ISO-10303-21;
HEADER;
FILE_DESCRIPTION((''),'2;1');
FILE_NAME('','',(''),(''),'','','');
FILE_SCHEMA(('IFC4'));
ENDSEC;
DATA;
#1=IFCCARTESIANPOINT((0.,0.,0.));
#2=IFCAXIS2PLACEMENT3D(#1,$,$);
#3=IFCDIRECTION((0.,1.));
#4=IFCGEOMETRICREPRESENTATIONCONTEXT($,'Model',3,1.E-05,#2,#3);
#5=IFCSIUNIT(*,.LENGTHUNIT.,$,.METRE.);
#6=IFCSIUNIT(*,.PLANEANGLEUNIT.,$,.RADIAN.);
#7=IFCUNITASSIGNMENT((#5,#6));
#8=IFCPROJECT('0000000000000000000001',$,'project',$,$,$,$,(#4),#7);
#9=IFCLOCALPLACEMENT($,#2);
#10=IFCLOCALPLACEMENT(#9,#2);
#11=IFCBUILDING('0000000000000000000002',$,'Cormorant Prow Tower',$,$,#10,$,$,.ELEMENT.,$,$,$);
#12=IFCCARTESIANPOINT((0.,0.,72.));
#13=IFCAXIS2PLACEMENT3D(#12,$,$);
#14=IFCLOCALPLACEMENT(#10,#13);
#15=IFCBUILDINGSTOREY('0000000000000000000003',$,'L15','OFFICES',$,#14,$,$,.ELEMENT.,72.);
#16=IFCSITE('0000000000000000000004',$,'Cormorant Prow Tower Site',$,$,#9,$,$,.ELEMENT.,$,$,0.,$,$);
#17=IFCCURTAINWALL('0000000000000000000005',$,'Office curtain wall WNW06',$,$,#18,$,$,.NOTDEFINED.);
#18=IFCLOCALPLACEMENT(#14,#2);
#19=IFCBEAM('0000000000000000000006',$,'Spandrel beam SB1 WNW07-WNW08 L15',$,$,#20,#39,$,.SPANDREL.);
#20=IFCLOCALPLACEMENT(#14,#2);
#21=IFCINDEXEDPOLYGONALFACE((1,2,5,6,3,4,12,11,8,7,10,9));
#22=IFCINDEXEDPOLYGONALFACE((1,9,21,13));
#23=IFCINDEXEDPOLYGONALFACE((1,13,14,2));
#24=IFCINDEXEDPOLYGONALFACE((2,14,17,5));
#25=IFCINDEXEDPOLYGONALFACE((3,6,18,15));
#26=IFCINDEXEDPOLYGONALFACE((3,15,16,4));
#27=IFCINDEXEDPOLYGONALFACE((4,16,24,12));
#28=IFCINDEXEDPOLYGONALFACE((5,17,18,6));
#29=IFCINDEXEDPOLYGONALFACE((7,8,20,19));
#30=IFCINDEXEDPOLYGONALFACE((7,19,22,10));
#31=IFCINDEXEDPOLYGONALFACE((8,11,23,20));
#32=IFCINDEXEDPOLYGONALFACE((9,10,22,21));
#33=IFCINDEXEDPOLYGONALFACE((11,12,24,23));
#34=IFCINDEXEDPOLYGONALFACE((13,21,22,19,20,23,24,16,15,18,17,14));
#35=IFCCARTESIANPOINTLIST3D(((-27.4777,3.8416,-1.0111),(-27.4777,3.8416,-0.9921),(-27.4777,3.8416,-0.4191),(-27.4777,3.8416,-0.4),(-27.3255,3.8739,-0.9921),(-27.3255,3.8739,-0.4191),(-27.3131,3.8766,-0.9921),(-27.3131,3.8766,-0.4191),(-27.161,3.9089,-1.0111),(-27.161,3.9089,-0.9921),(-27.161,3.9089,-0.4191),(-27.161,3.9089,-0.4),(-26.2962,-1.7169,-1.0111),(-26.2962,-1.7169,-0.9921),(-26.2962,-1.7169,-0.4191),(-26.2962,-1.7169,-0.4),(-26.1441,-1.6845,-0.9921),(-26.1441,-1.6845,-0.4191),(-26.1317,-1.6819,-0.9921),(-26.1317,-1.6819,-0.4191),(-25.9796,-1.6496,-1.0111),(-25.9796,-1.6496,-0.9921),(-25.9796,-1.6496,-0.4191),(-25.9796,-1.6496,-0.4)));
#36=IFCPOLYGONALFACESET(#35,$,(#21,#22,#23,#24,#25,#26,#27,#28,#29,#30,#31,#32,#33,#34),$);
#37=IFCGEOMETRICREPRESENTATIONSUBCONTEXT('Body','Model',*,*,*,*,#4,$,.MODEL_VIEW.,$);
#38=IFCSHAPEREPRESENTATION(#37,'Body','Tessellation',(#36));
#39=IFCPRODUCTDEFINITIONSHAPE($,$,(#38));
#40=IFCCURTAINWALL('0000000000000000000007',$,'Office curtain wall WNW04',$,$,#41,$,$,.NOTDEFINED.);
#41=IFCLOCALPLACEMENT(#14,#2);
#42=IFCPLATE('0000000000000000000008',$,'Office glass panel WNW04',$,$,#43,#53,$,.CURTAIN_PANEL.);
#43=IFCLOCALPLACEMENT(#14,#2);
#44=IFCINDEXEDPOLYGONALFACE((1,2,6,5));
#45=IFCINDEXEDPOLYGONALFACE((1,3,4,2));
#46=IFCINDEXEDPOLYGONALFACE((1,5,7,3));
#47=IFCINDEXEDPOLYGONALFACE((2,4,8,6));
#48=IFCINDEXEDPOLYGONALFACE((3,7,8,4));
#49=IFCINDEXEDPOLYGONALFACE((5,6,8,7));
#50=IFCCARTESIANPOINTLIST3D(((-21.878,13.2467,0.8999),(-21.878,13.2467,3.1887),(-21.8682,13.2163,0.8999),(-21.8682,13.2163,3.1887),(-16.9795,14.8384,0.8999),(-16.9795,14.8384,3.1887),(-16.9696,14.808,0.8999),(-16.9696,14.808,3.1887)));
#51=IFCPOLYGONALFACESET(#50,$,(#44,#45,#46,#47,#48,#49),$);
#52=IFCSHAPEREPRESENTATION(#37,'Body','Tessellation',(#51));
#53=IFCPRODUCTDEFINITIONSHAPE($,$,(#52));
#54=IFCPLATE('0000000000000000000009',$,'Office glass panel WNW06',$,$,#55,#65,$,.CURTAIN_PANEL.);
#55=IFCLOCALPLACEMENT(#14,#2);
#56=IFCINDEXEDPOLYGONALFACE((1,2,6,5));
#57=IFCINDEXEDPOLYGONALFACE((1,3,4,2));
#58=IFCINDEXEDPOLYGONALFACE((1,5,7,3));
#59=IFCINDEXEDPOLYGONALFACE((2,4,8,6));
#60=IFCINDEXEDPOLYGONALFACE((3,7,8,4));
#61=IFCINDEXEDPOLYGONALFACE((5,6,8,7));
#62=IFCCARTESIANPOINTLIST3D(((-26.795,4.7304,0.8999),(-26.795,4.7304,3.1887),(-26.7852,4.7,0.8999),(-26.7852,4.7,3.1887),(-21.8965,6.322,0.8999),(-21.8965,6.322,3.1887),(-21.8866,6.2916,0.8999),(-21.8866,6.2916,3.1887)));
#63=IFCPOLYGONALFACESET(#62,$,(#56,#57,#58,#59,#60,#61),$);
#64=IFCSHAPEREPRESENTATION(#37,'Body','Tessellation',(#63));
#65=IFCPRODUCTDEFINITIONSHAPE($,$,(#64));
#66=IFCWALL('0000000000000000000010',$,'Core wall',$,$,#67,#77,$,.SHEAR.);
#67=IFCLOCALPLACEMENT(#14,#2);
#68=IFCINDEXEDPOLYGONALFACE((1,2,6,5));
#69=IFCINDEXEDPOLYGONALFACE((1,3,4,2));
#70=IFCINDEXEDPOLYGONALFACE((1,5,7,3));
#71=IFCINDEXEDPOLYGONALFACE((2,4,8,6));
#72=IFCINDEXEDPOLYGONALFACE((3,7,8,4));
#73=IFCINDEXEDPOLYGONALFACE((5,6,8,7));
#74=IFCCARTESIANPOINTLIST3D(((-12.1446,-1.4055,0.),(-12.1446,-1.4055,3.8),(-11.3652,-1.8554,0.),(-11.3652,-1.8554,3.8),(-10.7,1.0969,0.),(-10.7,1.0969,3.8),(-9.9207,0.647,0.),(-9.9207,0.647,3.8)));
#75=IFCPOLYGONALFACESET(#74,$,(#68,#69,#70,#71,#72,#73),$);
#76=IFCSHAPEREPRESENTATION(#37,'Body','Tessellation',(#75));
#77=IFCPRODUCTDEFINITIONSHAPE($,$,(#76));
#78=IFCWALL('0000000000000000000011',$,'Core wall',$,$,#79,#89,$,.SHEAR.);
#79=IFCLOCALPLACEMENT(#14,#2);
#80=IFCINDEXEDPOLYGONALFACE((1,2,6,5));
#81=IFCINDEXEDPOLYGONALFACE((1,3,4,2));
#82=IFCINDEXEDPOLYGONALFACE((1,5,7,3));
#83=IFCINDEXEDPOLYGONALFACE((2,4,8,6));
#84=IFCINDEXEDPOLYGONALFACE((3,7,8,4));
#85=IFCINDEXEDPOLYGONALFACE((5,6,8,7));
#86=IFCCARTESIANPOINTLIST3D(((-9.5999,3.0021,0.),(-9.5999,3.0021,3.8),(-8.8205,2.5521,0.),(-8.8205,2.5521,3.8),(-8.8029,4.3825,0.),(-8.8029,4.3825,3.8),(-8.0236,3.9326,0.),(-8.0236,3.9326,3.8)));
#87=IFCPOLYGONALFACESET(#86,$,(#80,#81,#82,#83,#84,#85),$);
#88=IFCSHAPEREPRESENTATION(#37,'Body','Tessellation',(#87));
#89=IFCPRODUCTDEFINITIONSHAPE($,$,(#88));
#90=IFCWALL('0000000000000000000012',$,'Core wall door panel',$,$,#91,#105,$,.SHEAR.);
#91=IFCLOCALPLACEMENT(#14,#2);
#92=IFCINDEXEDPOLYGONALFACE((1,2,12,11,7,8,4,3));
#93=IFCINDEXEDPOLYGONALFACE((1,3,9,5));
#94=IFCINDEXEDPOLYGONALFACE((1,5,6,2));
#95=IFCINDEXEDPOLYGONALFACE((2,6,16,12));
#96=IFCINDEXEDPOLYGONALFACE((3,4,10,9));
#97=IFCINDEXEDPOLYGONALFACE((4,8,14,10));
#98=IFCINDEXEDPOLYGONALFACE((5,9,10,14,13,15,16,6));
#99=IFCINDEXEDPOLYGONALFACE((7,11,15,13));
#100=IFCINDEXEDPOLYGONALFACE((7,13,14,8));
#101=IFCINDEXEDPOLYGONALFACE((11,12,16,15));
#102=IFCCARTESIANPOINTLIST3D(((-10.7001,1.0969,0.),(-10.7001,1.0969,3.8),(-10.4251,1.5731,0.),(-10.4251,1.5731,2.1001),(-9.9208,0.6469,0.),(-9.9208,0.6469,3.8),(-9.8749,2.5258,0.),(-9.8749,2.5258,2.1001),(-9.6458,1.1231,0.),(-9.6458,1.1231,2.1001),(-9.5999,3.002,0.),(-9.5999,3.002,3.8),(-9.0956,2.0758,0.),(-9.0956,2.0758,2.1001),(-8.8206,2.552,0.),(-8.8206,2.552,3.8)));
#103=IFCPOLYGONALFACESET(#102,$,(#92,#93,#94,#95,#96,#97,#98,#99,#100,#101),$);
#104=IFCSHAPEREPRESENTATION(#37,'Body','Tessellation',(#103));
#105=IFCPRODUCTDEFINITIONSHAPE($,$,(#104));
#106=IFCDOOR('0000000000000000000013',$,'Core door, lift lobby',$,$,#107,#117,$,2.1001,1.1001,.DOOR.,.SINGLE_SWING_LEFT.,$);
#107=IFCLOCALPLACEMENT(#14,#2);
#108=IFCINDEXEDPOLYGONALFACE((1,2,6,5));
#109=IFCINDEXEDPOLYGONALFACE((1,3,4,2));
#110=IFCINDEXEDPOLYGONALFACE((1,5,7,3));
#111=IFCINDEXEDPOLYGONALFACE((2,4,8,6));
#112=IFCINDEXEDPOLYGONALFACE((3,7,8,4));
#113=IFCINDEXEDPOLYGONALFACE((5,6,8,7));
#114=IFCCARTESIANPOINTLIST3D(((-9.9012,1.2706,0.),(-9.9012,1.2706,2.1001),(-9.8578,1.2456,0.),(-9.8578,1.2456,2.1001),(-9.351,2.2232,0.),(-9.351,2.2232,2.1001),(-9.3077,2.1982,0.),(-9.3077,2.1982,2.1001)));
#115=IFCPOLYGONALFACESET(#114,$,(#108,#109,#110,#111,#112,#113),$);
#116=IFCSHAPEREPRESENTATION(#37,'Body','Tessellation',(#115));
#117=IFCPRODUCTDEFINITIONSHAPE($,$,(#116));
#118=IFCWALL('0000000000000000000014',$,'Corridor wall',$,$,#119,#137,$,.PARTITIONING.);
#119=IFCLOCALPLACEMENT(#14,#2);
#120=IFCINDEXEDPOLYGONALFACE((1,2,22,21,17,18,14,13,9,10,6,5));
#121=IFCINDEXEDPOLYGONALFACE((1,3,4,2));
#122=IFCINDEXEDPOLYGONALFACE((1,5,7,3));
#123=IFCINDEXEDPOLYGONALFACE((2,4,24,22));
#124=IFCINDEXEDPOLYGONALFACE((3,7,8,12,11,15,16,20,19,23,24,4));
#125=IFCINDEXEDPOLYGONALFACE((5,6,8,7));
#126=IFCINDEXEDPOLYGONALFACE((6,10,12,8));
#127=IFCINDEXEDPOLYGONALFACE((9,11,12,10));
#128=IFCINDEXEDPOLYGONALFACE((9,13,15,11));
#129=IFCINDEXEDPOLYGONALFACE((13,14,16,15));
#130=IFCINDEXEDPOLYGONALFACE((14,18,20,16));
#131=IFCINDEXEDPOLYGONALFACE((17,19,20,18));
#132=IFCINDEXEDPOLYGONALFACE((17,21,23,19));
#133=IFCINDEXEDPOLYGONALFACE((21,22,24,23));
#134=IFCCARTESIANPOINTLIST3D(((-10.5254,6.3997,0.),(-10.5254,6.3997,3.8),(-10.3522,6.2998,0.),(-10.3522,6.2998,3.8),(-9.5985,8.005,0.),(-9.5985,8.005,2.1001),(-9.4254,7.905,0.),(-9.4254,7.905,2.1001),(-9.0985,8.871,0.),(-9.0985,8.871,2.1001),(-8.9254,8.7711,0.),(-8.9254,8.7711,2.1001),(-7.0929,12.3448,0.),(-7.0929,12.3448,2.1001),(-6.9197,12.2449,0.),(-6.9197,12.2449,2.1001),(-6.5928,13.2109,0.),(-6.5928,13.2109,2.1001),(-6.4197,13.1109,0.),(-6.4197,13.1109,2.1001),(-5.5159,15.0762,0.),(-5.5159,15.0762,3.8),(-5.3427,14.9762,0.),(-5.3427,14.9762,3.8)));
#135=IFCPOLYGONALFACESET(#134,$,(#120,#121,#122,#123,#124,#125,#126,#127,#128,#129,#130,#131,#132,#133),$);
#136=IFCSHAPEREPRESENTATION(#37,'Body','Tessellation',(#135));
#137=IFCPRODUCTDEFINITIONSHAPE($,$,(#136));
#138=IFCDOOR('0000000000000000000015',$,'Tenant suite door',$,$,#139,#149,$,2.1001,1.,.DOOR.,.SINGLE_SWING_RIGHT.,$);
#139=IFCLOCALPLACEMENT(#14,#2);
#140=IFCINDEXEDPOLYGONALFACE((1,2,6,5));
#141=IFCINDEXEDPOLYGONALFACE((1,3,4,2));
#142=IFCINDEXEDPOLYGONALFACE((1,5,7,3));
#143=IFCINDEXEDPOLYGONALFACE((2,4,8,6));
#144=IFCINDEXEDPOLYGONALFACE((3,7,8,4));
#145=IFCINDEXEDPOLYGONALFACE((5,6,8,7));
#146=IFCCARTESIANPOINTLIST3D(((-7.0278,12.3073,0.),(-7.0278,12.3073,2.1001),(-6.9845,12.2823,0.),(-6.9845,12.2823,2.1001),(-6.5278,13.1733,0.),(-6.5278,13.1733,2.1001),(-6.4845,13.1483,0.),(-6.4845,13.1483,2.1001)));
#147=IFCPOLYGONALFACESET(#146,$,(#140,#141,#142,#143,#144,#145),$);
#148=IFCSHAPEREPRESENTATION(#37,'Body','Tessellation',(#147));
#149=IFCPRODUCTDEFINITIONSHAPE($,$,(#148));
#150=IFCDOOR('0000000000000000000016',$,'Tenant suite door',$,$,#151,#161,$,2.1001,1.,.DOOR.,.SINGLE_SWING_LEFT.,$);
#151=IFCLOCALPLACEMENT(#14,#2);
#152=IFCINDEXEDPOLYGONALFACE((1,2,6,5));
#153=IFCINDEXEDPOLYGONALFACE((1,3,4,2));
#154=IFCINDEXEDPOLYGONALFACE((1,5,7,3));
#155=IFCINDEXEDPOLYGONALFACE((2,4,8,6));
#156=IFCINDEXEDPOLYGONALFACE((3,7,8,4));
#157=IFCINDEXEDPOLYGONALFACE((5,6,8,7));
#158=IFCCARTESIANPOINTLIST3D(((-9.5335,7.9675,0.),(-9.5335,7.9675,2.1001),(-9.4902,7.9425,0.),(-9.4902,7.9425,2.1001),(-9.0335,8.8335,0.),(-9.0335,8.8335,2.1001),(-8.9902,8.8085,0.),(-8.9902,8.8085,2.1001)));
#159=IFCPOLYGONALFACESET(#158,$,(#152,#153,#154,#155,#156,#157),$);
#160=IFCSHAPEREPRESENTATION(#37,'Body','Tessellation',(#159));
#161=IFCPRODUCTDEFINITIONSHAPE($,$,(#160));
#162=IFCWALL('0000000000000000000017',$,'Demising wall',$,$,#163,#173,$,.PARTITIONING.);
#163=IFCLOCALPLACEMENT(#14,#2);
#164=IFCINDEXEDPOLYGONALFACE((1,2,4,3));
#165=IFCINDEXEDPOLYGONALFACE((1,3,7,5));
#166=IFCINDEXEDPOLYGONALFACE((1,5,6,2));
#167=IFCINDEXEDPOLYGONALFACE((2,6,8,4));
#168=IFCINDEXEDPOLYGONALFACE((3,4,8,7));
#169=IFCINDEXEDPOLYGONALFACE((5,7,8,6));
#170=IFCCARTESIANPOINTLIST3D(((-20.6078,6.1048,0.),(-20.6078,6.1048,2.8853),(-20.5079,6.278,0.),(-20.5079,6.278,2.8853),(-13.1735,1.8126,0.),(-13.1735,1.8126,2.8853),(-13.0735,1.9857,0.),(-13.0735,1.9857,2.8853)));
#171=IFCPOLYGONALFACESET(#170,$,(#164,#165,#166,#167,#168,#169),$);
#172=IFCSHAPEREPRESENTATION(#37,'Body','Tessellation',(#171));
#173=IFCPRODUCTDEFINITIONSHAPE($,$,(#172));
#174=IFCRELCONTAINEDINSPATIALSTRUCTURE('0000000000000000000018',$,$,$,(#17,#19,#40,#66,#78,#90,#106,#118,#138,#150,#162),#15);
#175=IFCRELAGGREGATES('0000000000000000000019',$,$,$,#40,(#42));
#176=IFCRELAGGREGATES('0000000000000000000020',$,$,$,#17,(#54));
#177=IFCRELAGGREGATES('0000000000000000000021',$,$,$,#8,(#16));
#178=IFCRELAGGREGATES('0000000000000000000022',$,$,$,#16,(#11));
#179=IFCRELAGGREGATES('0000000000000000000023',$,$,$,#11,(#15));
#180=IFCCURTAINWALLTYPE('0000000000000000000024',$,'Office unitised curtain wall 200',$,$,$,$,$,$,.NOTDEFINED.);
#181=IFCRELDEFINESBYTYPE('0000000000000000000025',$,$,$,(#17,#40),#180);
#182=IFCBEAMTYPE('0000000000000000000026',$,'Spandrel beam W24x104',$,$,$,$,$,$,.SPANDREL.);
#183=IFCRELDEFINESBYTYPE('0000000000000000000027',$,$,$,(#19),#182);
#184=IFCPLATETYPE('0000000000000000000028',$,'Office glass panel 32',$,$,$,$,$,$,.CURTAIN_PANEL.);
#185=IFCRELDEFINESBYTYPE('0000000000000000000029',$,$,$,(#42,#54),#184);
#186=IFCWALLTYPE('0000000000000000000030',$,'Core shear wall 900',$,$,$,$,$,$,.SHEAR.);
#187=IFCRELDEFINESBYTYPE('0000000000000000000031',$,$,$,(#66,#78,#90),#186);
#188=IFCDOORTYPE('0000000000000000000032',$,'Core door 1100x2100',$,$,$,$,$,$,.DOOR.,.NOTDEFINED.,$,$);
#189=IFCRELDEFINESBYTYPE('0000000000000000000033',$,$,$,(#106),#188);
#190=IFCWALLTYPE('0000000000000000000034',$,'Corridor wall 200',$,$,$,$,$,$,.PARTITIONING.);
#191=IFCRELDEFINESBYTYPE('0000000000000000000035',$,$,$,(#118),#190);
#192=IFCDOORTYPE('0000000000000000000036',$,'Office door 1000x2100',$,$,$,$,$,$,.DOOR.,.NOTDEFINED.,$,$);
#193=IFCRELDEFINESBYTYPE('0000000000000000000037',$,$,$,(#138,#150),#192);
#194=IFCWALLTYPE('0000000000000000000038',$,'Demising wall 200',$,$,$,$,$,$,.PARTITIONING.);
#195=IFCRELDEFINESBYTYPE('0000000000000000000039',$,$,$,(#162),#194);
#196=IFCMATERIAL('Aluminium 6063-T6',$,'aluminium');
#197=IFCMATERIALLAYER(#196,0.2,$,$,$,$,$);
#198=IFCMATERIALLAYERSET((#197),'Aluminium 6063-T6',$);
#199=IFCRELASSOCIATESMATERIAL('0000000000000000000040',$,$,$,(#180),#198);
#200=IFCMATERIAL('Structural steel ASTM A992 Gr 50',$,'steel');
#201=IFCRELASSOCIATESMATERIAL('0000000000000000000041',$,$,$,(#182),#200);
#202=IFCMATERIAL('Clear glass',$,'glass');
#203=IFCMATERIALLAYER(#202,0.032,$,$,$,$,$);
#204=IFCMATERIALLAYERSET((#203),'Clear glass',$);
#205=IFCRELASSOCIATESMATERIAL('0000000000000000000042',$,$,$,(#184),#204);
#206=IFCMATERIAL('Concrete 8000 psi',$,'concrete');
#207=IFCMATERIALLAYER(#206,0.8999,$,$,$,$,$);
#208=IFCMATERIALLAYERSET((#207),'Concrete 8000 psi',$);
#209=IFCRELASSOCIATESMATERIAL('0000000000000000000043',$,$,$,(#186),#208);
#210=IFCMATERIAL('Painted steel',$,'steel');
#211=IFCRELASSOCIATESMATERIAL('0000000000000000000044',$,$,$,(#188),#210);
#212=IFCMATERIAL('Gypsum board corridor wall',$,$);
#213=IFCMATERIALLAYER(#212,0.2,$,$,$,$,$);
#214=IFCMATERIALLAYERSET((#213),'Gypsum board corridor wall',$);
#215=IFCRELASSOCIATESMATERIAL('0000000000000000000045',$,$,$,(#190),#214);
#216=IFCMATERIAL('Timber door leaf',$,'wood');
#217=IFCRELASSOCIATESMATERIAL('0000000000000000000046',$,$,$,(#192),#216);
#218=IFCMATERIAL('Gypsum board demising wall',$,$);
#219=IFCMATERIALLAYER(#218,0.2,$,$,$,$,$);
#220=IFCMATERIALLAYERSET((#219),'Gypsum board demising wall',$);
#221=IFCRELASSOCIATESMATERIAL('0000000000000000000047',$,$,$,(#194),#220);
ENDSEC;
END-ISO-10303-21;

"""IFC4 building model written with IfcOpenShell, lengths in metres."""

from ifc_helpers import new_model, si_unit, direction, frame, frame_2d, origin, origin_2d, place, context, subcontext, project, spatial, rectangle, i_section, extrude, material, layer, layer_set, material_profile, profile_set, type_object, element, fill, aggregate, save


model = new_model("IFC4")

# Units and contexts
model_context = context("Model", 3, precision=1e-05, world=origin(), true_north=direction((0.0, 1.0)))
body_context = subcontext(model_context, "Body", "Model", "MODEL_VIEW")
ifc_project = project(units=[si_unit("LENGTHUNIT", "METRE"), si_unit("PLANEANGLEUNIT", "RADIAN")], contexts=[model_context])

# Site, building, storey
site_placement = place(None, origin())
site = spatial("IfcSite", under=ifc_project, at=site_placement, Name="Cormorant Prow Tower Site", CompositionType="ELEMENT", RefElevation=0.0)
building_placement = place(site_placement, origin())
building = spatial("IfcBuilding", under=site, at=building_placement, Name="Cormorant Prow Tower", CompositionType="ELEMENT")
storey_placement = place(building_placement, frame((0.0, 0.0, 72.0)))
storey = spatial("IfcBuildingStorey", under=building, at=storey_placement, Name="L15", Description="OFFICES", CompositionType="ELEMENT", Elevation=72.0)

# Curtain wall
ifc_material_1 = material(Name="Aluminium 6063-T6", Category="aluminium")
ifc_layer_1 = layer(ifc_material_1, 0.2)
ifc_layer_set_1 = layer_set([ifc_layer_1], Name="Aluminium 6063-T6")
curtain_wall_type = type_object("IfcCurtainWallType", Name="Office unitised curtain wall 200", PredefinedType="NOTDEFINED", material=ifc_layer_set_1)
curtain_wall_1_placement = place(storey_placement, origin())
curtain_wall_1 = element("IfcCurtainWall", 1, at=curtain_wall_1_placement, inside=storey, type_object=curtain_wall_type, Name="Office curtain wall WNW06", PredefinedType="NOTDEFINED")

# Beam
ifc_material_2 = material(Name="Structural steel ASTM A992 Gr 50", Category="steel")
ifc_material_profile_1 = material_profile(ifc_material_2, i_section(OverallWidth=0.3237, OverallDepth=0.6111, WebThickness=0.0127, FlangeThickness=0.019, at=origin_2d()), Name="W24x104")
ifc_profile_set_1 = profile_set([ifc_material_profile_1], Name="Structural steel ASTM A992 Gr 50")
beam_type_1 = type_object("IfcBeamType", Name="Spandrel beam W24x104", PredefinedType="SPANDREL", material=ifc_profile_set_1)
beam_1_placement = place(storey_placement, frame((-27.3193, 3.8752, -0.7056), z_axis=(0.2079, -0.97815, 0.0), x_axis=(0.97815, 0.2079, 0.0)))
element("IfcBeam", 2, at=beam_1_placement, inside=storey, type_object=beam_type_1, Name="Spandrel beam SB1 WNW07-WNW08 L15", PredefinedType="SPANDREL", context=body_context, shape_type="SweptSolid", body=[
    extrude(i_section(OverallWidth=0.3237, OverallDepth=0.6111, WebThickness=0.0127, FlangeThickness=0.019, at=origin_2d()), origin(), (0.0, 0.0, 1.0), 5.6826),
])

# Curtain wall, plate
curtain_wall_2_placement = place(storey_placement, origin())
curtain_wall_2 = element("IfcCurtainWall", 3, at=curtain_wall_2_placement, inside=storey, type_object=curtain_wall_type, Name="Office curtain wall WNW04", PredefinedType="NOTDEFINED")
ifc_material_3 = material(Name="Clear glass", Category="glass")
ifc_layer_2 = layer(ifc_material_3, 0.032)
ifc_layer_set_2 = layer_set([ifc_layer_2], Name="Clear glass")
plate_type = type_object("IfcPlateType", Name="Office glass panel 32", PredefinedType="CURTAIN_PANEL", material=ifc_layer_set_2)
plate_1_placement = place(storey_placement, frame((-19.4238, 14.0273, 0.8999), z_axis=(0.0, 0.0, 1.0), x_axis=(-0.951057, -0.309017, 0.0)))
plate_1 = element("IfcPlate", 4, at=plate_1_placement, type_object=plate_type, Name="Office glass panel WNW04", PredefinedType="CURTAIN_PANEL", context=body_context, shape_type="SweptSolid", body=[
    extrude(rectangle(XDim=5.1506, YDim=0.032, at=origin_2d()), origin(), (0.0, 0.0, 1.0), 2.2888),
])
aggregate(curtain_wall_2, [plate_1])

# Plate
plate_2_placement = place(storey_placement, frame((-24.3408, 5.511, 0.8999), z_axis=(0.0, 0.0, 1.0), x_axis=(-0.951057, -0.309017, 0.0)))
plate_2 = element("IfcPlate", 5, at=plate_2_placement, type_object=plate_type, Name="Office glass panel WNW06", PredefinedType="CURTAIN_PANEL", context=body_context, shape_type="SweptSolid", body=[
    extrude(rectangle(XDim=5.1506, YDim=0.032, at=origin_2d()), origin(), (0.0, 0.0, 1.0), 2.2888),
])
aggregate(curtain_wall_1, [plate_2])

# Walls
ifc_material_4 = material(Name="Concrete 8000 psi", Category="concrete")
ifc_layer_3 = layer(ifc_material_4, 0.8999)
ifc_layer_set_3 = layer_set([ifc_layer_3], Name="Concrete 8000 psi")
wall_type_1 = type_object("IfcWallType", Name="Core shear wall 900", PredefinedType="SHEAR", material=ifc_layer_set_3)
wall_1_placement = place(storey_placement, frame((-10.3103, 0.8721, 0.0), z_axis=(0.0, 0.0, 1.0), x_axis=(-0.499947, -0.866056, 0.0)))
element("IfcWall", 6, at=wall_1_placement, inside=storey, type_object=wall_type_1, Name="Core wall", PredefinedType="SHEAR", context=body_context, shape_type="SweptSolid", body=[
    extrude(rectangle(XDim=2.8894, YDim=0.8999, at=frame_2d((1.4448, 0.0))), origin(), (0.0, 0.0, 1.0), 3.8),
])
wall_2_placement = place(storey_placement, frame((-8.4133, 4.1575, 0.0), z_axis=(0.0, 0.0, 1.0), x_axis=(-0.499961, -0.866048, 0.0)))
element("IfcWall", 7, at=wall_2_placement, inside=storey, type_object=wall_type_1, Name="Core wall", PredefinedType="SHEAR", context=body_context, shape_type="SweptSolid", body=[
    extrude(rectangle(XDim=1.594, YDim=0.8999, at=frame_2d((0.7969, 0.0))), origin(), (0.0, 0.0, 1.0), 3.8),
])

# Wall, opening, door
wall_3_placement = place(storey_placement, frame((-9.2102, 2.7771, 0.0), z_axis=(0.0, 0.0, 1.0), x_axis=(-0.500078, -0.86598, 0.0)))
wall_3 = element("IfcWall", 8, at=wall_3_placement, inside=storey, type_object=wall_type_1, Name="Core wall door panel", PredefinedType="SHEAR", context=body_context, shape_type="SweptSolid", body=[
    extrude(rectangle(XDim=2.2, YDim=0.8999, at=frame_2d((1.1001, 0.0))), origin(), (0.0, 0.0, 1.0), 3.8),
])
opening_1_placement = place(wall_3_placement, frame((0.55, 0.0, 0.0)))
opening_1 = element("IfcOpeningElement", 9, at=opening_1_placement, cuts=wall_3, PredefinedType="OPENING", context=body_context, shape_type="SweptSolid", body=[
    extrude(rectangle(XDim=1.1001, YDim=2.1001, at=frame_2d((0.55, 1.05))), frame((0.0, 0.46, 0.0), z_axis=(0.0, -1.0, 0.0), x_axis=(1.0, 0.0, 0.0)), (0.0, 0.0, 1.0), 0.9199),
])
ifc_material_5 = material(Name="Painted steel", Category="steel")
door_type_1 = type_object("IfcDoorType", Name="Core door 1100x2100", OperationType="NOTDEFINED", PredefinedType="DOOR", material=ifc_material_5)
door_1_placement = place(opening_1_placement, origin())
door_1 = element("IfcDoor", 10, at=door_1_placement, inside=storey, type_object=door_type_1, Name="Core door, lift lobby", OperationType="SINGLE_SWING_LEFT", OverallHeight=2.1001, OverallWidth=1.1001, PredefinedType="DOOR", context=body_context, shape_type="SweptSolid", body=[
    extrude(rectangle(XDim=1.1001, YDim=2.1001, at=frame_2d((0.55, 1.05))), frame((0.0, 0.2051, 0.0), z_axis=(0.0, -1.0, 0.0), x_axis=(1.0, 0.0, 0.0)), (0.0, 0.0, 1.0), 0.05),
])
fill(opening_1, door_1)

# Wall, openings, doors
ifc_material_6 = material(Name="Gypsum board corridor wall")
ifc_layer_4 = layer(ifc_material_6, 0.2)
ifc_layer_set_4 = layer_set([ifc_layer_4], Name="Gypsum board corridor wall")
wall_type_2 = type_object("IfcWallType", Name="Corridor wall 200", PredefinedType="PARTITIONING", material=ifc_layer_set_4)
wall_4_placement = place(storey_placement, frame((-10.4387, 6.3499, 0.0), z_axis=(0.0, 0.0, 1.0), x_axis=(0.50001, 0.86602, 0.0)))
wall_4 = element("IfcWall", 11, at=wall_4_placement, inside=storey, type_object=wall_type_2, Name="Corridor wall", PredefinedType="PARTITIONING", context=body_context, shape_type="SweptSolid", body=[
    extrude(rectangle(XDim=10.0188, YDim=0.2, at=frame_2d((5.0093, 0.0))), origin(), (0.0, 0.0, 1.0), 3.8),
])
opening_2_placement = place(wall_4_placement, frame((6.8647, 0.0, 0.0)))
opening_2 = element("IfcOpeningElement", 12, at=opening_2_placement, cuts=wall_4, PredefinedType="OPENING", context=body_context, shape_type="SweptSolid", body=[
    extrude(rectangle(XDim=1.0, YDim=2.1001, at=frame_2d((0.5, 1.05))), frame((0.0, 0.1099, 0.0), z_axis=(0.0, -1.0, 0.0), x_axis=(1.0, 0.0, 0.0)), (0.0, 0.0, 1.0), 0.22),
])
opening_3_placement = place(wall_4_placement, frame((1.8535, 0.0, 0.0)))
opening_3 = element("IfcOpeningElement", 13, at=opening_3_placement, cuts=wall_4, PredefinedType="OPENING", context=body_context, shape_type="SweptSolid", body=[
    extrude(rectangle(XDim=1.0, YDim=2.1001, at=frame_2d((0.5, 1.05))), frame((0.0, 0.1099, 0.0), z_axis=(0.0, -1.0, 0.0), x_axis=(1.0, 0.0, 0.0)), (0.0, 0.0, 1.0), 0.22),
])
ifc_material_7 = material(Name="Timber door leaf", Category="wood")
door_type_2 = type_object("IfcDoorType", Name="Office door 1000x2100", OperationType="NOTDEFINED", PredefinedType="DOOR", material=ifc_material_7)
door_2_placement = place(opening_2_placement, origin())
door_2 = element("IfcDoor", 14, at=door_2_placement, inside=storey, type_object=door_type_2, Name="Tenant suite door", OperationType="SINGLE_SWING_RIGHT", OverallHeight=2.1001, OverallWidth=1.0, PredefinedType="DOOR", context=body_context, shape_type="SweptSolid", body=[
    extrude(rectangle(XDim=1.0, YDim=2.1001, at=frame_2d((0.5, 1.05))), frame((0.0, 0.0249, 0.0), z_axis=(0.0, -1.0, 0.0), x_axis=(1.0, 0.0, 0.0)), (0.0, 0.0, 1.0), 0.05),
])
fill(opening_2, door_2)
door_3_placement = place(opening_3_placement, origin())
door_3 = element("IfcDoor", 15, at=door_3_placement, inside=storey, type_object=door_type_2, Name="Tenant suite door", OperationType="SINGLE_SWING_LEFT", OverallHeight=2.1001, OverallWidth=1.0, PredefinedType="DOOR", context=body_context, shape_type="SweptSolid", body=[
    extrude(rectangle(XDim=1.0, YDim=2.1001, at=frame_2d((0.5, 1.05))), frame((0.0, 0.0249, 0.0), z_axis=(0.0, -1.0, 0.0), x_axis=(1.0, 0.0, 0.0)), (0.0, 0.0, 1.0), 0.05),
])
fill(opening_3, door_3)

# Wall
ifc_material_8 = material(Name="Gypsum board demising wall")
ifc_layer_5 = layer(ifc_material_8, 0.2)
ifc_layer_set_5 = layer_set([ifc_layer_5], Name="Gypsum board demising wall")
wall_type_3 = type_object("IfcWallType", Name="Demising wall 200", PredefinedType="PARTITIONING", material=ifc_layer_set_5)
wall_5_placement = place(storey_placement, frame((-20.5579, 6.1914, 0.0), z_axis=(0.0, 0.0, 1.0), x_axis=(0.866024, -0.500002, 0.0)))
element("IfcWall", 16, at=wall_5_placement, inside=storey, type_object=wall_type_3, Name="Demising wall", PredefinedType="PARTITIONING", context=body_context, shape_type="SweptSolid", body=[
    extrude(rectangle(XDim=8.5845, YDim=0.2, at=frame_2d((4.2922, 0.0))), origin(), (0.0, 0.0, 1.0), 2.8853),
])

save(model, "model.ifc")
